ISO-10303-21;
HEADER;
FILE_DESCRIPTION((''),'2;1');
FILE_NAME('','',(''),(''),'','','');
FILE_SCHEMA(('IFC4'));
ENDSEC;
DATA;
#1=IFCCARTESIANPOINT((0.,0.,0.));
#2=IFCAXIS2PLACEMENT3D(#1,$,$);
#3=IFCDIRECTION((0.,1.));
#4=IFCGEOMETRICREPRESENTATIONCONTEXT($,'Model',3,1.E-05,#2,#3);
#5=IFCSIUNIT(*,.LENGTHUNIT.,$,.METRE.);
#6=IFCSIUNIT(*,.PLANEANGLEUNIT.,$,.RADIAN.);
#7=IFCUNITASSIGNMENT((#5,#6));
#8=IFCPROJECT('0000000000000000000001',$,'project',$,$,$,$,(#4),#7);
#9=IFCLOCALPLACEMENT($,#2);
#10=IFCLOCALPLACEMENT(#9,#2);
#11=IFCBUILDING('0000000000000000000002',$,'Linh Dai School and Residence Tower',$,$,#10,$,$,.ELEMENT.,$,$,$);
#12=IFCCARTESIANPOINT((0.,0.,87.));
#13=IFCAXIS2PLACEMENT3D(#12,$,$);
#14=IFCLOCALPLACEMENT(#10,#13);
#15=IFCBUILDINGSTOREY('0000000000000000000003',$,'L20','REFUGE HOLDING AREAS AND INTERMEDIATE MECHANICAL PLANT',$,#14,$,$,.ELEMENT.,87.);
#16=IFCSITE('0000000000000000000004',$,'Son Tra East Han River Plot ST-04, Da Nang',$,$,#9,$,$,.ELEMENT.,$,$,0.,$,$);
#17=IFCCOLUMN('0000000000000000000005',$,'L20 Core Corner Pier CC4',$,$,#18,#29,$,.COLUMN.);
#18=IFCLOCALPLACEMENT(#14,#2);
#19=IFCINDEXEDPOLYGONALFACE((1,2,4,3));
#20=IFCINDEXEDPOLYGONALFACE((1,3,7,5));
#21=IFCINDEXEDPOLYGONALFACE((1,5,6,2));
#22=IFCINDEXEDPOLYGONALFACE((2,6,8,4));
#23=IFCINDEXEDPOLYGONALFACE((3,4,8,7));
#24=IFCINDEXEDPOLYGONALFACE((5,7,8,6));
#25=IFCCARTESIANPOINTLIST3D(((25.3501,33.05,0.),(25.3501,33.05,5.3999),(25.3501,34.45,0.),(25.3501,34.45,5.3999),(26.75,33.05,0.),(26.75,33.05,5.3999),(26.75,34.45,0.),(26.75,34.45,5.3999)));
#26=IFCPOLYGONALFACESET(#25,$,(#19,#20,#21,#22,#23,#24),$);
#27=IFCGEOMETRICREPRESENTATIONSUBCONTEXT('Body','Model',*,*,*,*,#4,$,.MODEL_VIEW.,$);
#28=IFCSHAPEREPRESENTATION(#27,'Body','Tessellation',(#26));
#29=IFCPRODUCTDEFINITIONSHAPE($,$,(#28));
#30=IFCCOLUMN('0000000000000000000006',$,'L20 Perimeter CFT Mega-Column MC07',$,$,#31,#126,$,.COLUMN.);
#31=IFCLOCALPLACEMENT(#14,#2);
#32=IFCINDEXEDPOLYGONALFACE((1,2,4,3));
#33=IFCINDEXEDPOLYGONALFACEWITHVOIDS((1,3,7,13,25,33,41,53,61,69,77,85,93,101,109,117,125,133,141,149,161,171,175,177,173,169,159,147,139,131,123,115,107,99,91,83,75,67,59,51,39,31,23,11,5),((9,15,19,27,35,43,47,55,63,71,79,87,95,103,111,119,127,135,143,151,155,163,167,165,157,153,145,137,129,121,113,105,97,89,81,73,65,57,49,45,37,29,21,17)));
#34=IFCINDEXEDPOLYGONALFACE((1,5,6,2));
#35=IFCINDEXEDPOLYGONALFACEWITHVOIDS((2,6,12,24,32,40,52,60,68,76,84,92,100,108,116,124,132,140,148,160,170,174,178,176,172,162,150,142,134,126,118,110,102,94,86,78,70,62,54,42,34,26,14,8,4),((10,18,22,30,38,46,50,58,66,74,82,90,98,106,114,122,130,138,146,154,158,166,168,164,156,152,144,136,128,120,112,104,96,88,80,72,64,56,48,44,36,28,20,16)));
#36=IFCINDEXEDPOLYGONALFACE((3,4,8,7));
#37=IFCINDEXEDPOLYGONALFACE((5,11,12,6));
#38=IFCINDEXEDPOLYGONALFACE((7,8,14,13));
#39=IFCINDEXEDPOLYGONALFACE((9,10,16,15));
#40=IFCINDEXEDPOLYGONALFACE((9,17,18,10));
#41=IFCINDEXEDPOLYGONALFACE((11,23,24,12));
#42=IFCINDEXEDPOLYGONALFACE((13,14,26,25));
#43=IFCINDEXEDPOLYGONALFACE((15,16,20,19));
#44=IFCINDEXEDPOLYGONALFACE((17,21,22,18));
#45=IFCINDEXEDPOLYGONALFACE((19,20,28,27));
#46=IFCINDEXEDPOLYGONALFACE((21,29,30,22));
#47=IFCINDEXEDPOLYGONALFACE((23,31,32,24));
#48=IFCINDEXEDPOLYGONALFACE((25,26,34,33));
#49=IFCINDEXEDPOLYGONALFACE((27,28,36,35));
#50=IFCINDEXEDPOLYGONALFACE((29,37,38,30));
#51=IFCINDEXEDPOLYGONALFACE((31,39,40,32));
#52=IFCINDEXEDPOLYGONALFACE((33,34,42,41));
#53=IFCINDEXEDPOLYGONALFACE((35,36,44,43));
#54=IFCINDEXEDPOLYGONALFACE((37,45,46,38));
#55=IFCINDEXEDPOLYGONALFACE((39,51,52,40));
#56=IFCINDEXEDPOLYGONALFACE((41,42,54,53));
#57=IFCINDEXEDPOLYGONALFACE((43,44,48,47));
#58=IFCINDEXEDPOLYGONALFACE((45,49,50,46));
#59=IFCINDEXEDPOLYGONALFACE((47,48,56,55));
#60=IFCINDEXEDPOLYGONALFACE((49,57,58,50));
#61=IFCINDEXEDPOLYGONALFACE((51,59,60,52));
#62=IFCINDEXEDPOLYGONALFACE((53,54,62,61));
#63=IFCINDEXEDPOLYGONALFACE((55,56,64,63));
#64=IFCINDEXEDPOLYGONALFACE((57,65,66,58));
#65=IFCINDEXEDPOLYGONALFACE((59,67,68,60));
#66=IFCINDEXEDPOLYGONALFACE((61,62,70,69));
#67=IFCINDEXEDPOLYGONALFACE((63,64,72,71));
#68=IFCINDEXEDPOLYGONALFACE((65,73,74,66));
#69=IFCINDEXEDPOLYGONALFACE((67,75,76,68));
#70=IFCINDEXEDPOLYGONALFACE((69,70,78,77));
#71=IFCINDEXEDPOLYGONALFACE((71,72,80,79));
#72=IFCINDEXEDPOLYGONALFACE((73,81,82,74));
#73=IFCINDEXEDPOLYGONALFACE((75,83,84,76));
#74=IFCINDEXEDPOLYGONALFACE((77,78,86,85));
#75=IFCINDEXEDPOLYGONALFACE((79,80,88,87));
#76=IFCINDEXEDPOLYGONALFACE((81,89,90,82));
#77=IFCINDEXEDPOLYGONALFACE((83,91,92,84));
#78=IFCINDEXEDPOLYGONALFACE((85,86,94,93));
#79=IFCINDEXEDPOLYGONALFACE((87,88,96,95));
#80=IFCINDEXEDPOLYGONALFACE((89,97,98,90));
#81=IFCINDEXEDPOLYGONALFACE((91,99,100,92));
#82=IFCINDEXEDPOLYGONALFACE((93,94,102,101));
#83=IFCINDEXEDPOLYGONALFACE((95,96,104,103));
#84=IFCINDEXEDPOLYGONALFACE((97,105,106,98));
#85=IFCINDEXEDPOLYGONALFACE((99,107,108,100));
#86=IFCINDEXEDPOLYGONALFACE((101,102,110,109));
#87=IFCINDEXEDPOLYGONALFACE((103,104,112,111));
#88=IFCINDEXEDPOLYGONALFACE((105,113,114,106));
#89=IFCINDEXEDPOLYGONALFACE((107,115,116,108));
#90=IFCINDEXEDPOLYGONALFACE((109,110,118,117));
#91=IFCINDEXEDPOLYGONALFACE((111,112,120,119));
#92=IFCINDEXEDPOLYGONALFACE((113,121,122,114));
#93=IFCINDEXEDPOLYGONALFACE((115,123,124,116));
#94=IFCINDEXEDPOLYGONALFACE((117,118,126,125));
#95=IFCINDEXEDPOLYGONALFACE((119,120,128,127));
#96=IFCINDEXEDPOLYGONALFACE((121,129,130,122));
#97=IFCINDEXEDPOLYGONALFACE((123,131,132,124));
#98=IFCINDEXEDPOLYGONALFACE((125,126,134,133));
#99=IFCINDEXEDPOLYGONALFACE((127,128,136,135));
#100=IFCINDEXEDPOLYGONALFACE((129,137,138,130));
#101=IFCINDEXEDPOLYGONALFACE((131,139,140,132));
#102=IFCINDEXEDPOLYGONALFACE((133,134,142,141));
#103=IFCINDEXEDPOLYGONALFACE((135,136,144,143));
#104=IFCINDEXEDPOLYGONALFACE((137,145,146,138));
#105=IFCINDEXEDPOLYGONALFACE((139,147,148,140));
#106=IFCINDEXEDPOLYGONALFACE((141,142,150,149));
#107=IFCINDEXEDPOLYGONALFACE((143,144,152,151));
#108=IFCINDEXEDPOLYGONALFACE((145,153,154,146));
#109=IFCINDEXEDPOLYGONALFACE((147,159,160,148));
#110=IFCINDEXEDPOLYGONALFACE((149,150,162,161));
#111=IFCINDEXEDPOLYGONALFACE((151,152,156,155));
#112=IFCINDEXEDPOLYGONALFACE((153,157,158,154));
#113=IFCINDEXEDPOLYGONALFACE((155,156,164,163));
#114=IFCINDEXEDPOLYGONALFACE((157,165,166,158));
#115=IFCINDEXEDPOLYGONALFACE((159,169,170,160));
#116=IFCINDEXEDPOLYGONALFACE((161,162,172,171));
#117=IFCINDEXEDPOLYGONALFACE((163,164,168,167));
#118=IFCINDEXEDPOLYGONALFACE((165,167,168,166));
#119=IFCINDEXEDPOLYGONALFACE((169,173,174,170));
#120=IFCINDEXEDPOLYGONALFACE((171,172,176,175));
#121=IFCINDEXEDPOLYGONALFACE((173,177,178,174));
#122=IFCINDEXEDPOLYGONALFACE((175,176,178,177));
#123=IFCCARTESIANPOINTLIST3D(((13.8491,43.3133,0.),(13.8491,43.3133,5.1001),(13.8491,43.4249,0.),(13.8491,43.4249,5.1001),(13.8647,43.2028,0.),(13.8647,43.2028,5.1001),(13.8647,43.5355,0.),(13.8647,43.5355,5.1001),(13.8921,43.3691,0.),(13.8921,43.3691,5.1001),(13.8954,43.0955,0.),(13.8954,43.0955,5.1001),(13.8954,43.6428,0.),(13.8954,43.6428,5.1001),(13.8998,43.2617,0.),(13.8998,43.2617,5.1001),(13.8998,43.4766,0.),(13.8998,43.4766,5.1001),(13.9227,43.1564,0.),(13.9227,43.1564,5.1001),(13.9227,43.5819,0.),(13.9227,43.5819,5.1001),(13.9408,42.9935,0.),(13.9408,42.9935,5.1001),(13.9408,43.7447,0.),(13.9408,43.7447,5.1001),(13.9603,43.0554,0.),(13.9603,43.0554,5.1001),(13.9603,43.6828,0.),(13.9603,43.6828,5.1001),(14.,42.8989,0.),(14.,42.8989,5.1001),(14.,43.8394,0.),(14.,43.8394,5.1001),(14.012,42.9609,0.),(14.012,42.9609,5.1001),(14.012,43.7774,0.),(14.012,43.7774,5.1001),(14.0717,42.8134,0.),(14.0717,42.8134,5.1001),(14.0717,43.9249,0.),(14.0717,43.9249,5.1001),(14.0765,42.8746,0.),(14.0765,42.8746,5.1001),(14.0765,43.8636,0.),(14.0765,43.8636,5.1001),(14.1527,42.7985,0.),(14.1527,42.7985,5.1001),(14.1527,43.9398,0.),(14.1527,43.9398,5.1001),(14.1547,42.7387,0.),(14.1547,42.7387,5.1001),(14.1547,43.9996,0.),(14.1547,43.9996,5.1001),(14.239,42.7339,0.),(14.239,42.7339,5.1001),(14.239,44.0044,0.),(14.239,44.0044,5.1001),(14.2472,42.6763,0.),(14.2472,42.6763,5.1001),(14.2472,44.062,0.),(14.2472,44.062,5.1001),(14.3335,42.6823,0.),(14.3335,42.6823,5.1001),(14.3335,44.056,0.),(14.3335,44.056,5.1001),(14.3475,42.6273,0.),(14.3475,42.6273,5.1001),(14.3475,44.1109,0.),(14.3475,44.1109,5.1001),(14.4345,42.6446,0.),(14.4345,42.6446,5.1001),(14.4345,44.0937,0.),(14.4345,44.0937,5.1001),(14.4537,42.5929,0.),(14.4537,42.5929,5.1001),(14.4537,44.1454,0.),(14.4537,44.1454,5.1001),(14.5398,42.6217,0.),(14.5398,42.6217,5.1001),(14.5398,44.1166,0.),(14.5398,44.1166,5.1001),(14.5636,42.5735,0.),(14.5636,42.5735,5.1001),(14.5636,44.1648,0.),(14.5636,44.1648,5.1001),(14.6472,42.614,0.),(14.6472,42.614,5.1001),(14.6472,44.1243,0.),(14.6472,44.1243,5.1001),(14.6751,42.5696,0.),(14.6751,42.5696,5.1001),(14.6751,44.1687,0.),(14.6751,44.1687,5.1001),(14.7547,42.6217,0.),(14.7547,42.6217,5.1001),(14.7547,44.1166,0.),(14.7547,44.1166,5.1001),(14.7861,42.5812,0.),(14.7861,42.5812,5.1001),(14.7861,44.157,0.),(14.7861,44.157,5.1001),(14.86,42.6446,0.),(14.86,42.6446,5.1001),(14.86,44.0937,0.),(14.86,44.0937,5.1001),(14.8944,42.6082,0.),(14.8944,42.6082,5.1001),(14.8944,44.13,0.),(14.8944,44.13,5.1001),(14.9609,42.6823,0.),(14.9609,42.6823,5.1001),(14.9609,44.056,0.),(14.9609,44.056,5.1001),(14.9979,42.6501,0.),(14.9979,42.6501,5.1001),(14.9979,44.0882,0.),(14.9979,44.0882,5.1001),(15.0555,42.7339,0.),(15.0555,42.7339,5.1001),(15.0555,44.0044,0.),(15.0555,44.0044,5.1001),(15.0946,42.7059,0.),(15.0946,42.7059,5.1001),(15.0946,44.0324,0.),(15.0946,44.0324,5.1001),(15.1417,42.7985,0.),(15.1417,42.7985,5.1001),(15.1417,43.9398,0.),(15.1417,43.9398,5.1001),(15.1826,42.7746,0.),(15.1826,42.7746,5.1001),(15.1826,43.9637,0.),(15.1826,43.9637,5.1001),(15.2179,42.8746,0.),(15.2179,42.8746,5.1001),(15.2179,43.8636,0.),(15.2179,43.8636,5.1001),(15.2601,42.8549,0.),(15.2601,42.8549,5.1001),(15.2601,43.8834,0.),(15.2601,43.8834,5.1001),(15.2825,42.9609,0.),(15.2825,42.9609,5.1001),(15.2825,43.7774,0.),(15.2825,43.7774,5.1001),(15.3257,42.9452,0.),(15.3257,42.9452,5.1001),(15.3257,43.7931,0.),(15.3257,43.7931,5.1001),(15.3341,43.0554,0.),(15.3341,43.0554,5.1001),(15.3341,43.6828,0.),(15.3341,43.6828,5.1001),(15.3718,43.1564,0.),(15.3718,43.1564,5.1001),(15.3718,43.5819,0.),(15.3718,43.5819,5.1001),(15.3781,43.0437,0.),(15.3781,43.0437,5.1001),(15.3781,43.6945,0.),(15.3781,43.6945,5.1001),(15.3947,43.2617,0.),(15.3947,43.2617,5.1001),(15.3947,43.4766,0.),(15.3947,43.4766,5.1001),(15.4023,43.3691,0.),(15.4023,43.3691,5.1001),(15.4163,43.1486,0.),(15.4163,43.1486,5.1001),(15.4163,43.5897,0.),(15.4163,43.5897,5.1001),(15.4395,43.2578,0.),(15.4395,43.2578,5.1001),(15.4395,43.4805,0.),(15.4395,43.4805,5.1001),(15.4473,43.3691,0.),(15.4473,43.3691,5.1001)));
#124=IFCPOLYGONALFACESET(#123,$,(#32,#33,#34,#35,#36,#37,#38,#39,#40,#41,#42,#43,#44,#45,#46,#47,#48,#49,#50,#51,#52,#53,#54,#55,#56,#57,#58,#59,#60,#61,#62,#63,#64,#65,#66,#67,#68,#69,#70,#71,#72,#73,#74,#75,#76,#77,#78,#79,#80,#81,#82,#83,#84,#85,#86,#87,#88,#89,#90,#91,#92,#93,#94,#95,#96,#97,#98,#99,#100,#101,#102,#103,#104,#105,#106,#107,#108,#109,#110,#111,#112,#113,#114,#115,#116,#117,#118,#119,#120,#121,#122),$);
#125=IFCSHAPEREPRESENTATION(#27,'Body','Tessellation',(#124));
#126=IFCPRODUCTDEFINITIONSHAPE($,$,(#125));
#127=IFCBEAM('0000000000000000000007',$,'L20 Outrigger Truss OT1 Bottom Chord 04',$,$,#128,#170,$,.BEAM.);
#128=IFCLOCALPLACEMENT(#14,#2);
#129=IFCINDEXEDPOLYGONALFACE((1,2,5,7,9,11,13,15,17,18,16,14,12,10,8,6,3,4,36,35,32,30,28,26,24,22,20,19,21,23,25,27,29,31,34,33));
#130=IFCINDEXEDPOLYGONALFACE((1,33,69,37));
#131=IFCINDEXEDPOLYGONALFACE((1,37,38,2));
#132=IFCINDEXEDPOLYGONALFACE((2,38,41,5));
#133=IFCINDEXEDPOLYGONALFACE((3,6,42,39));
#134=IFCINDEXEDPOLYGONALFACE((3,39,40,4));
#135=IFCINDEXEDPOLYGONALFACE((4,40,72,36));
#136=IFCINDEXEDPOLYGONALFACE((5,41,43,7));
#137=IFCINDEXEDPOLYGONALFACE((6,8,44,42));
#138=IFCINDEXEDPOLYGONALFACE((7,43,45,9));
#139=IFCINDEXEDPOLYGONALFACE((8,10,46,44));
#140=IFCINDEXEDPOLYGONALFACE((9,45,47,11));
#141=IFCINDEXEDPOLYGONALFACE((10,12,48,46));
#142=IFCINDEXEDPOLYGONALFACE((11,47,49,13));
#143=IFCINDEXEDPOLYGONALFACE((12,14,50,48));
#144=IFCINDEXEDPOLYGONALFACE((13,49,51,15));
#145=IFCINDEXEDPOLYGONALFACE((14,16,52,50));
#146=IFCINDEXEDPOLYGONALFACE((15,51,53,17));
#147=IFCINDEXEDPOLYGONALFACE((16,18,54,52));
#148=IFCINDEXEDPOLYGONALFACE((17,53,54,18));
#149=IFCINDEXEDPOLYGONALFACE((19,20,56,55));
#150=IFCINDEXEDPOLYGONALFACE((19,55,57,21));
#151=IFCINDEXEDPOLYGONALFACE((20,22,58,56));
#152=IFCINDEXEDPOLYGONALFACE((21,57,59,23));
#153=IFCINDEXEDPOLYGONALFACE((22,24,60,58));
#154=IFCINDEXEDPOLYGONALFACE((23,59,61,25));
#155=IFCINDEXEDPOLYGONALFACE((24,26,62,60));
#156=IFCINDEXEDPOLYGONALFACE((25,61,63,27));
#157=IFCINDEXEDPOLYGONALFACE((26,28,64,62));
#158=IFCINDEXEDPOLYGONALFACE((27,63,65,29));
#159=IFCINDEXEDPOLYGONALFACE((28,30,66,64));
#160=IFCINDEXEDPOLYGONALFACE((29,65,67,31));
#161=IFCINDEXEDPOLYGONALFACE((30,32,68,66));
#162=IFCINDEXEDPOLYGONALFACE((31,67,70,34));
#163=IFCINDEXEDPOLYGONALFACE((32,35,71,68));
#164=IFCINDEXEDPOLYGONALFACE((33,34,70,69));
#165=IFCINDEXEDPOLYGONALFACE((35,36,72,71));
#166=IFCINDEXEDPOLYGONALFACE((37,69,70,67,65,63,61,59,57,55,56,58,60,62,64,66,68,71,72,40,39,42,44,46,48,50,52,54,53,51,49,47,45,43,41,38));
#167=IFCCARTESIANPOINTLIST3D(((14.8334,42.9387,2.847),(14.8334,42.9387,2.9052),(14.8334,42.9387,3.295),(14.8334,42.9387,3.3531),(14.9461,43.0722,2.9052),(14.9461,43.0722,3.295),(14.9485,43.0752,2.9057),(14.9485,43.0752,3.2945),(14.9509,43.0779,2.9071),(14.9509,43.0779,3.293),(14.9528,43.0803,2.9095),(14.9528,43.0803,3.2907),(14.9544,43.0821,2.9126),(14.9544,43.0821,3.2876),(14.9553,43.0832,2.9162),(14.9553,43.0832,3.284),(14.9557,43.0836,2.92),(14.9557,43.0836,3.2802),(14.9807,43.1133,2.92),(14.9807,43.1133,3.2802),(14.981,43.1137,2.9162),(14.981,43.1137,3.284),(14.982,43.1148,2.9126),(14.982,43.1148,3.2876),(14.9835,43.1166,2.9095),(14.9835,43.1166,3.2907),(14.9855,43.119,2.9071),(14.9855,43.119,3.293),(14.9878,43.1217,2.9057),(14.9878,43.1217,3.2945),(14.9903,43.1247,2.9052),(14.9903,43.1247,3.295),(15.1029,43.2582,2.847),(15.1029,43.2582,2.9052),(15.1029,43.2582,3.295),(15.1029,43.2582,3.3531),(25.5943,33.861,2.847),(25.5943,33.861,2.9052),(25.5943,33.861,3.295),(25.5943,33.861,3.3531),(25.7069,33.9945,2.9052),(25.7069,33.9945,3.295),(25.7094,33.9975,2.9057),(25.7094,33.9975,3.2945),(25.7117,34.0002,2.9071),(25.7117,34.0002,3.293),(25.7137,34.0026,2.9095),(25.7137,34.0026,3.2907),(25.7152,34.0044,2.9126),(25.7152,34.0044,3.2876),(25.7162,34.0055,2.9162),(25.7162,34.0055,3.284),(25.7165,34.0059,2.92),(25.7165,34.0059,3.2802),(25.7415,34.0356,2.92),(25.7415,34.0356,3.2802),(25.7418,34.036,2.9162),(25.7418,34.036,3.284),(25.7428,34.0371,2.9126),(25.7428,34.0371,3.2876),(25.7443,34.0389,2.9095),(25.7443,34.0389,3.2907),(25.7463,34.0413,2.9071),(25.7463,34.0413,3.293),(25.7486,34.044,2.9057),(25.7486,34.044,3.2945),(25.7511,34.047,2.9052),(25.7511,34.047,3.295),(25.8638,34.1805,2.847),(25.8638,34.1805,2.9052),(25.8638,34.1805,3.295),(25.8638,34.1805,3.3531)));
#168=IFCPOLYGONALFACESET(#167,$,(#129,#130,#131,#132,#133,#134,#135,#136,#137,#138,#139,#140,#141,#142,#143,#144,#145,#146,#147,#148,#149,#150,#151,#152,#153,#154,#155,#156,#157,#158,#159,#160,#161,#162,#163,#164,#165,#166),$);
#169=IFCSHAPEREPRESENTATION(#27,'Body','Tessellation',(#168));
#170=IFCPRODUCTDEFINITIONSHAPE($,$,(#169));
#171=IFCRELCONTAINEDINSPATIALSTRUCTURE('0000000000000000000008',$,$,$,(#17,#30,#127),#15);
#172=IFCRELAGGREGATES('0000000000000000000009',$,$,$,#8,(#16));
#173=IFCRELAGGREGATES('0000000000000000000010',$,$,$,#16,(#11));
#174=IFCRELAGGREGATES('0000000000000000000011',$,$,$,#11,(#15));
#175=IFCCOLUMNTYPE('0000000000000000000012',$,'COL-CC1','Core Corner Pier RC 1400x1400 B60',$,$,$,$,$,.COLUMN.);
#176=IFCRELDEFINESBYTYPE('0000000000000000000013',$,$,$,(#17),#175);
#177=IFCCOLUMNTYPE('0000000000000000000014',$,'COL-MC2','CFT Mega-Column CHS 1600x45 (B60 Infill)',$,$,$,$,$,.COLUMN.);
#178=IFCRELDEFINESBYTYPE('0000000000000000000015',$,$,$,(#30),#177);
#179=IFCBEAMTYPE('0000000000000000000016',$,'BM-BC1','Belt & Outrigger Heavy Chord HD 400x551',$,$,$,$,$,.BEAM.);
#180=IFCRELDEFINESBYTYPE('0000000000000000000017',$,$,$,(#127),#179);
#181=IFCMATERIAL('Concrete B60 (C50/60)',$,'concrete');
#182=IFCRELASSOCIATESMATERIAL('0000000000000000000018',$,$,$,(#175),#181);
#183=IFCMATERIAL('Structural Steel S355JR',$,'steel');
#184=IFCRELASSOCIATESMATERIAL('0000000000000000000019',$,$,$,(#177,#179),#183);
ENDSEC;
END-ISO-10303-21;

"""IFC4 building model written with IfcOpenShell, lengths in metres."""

from ifc_helpers import new_model, si_unit, direction, frame, origin, origin_2d, place, context, subcontext, project, spatial, rectangle, hollow_circle, i_section, extrude, material, material_profile, profile_set, type_object, element, save


model = new_model("IFC4")

# Units and contexts
model_context = context("Model", 3, precision=1e-05, world=origin(), true_north=direction((0.0, 1.0)))
body_context = subcontext(model_context, "Body", "Model", "MODEL_VIEW")
ifc_project = project(units=[si_unit("LENGTHUNIT", "METRE"), si_unit("PLANEANGLEUNIT", "RADIAN")], contexts=[model_context])

# Site, building, storey
site_placement = place(None, origin())
site = spatial("IfcSite", under=ifc_project, at=site_placement, Name="Son Tra East Han River Plot ST-04, Da Nang", CompositionType="ELEMENT", RefElevation=0.0)
building_placement = place(site_placement, origin())
building = spatial("IfcBuilding", under=site, at=building_placement, Name="Linh Dai School and Residence Tower", CompositionType="ELEMENT")
storey_placement = place(building_placement, frame((0.0, 0.0, 87.0)))
storey = spatial("IfcBuildingStorey", under=building, at=storey_placement, Name="L20", Description="REFUGE HOLDING AREAS AND INTERMEDIATE MECHANICAL PLANT", CompositionType="ELEMENT", Elevation=87.0)

# Columns
ifc_material_1 = material(Name="Concrete B60 (C50/60)", Category="concrete")
ifc_material_profile_1 = material_profile(ifc_material_1, rectangle(XDim=1.3999, YDim=1.3999, at=origin_2d()), Name="RC 1400x1400")
ifc_profile_set_1 = profile_set([ifc_material_profile_1], Name="Concrete B60 (C50/60)")
column_type_1 = type_object("IfcColumnType", Name="COL-CC1", Description="Core Corner Pier RC 1400x1400 B60", PredefinedType="COLUMN", material=ifc_profile_set_1)
column_1_placement = place(storey_placement, frame((26.05, 33.75, 0.0), z_axis=(0.0, 0.0, 1.0), x_axis=(1.0, 0.0, 0.0)))
element("IfcColumn", 1, at=column_1_placement, inside=storey, type_object=column_type_1, Name="L20 Core Corner Pier CC4", PredefinedType="COLUMN", context=body_context, shape_type="SweptSolid", body=[
    extrude(rectangle(XDim=1.3999, YDim=1.3999, at=origin_2d()), origin(), (0.0, 0.0, 1.0), 5.3999),
])
ifc_material_2 = material(Name="Structural Steel S355JR", Category="steel")
ifc_material_profile_2 = material_profile(ifc_material_2, hollow_circle(Radius=0.8, WallThickness=0.0449, at=origin_2d()), Name="CHS 1600x45")
ifc_profile_set_2 = profile_set([ifc_material_profile_2], Name="Structural Steel S355JR")
column_type_2 = type_object("IfcColumnType", Name="COL-MC2", Description="CFT Mega-Column CHS 1600x45 (B60 Infill)", PredefinedType="COLUMN", material=ifc_profile_set_2)
column_2_placement = place(storey_placement, frame((14.6472, 43.3691, 0.0), z_axis=(0.0, 0.0, 1.0), x_axis=(1.0, 0.0, 0.0)))
element("IfcColumn", 2, at=column_2_placement, inside=storey, type_object=column_type_2, Name="L20 Perimeter CFT Mega-Column MC07", PredefinedType="COLUMN", context=body_context, shape_type="SweptSolid", body=[
    extrude(hollow_circle(Radius=0.8, WallThickness=0.0449, at=origin_2d()), origin(), (0.0, 0.0, 1.0), 5.1001),
])

# Beam
ifc_material_profile_3 = material_profile(ifc_material_2, i_section(OverallWidth=0.418, OverallDepth=0.5061, WebThickness=0.0388, FlangeThickness=0.0581, FilletRadius=0.0149, at=origin_2d()), Name="HD 400x551")
ifc_profile_set_3 = profile_set([ifc_material_profile_3], Name="Structural Steel S355JR")
beam_type_1 = type_object("IfcBeamType", Name="BM-BC1", Description="Belt & Outrigger Heavy Chord HD 400x551", PredefinedType="BEAM", material=ifc_profile_set_3)
beam_1_placement = place(storey_placement, frame((25.729, 34.0208, 3.1001), z_axis=(-0.764352, 0.644799, 0.0), x_axis=(-0.644799, -0.764352, 0.0)))
element("IfcBeam", 3, at=beam_1_placement, inside=storey, type_object=beam_type_1, Name="L20 Outrigger Truss OT1 Bottom Chord 04", PredefinedType="BEAM", context=body_context, shape_type="SweptSolid", body=[
    extrude(i_section(OverallWidth=0.418, OverallDepth=0.5061, WebThickness=0.0388, FlangeThickness=0.0581, FilletRadius=0.0149, at=origin_2d()), origin(), (0.0, 0.0, 1.0), 14.0784),
])

save(model, "model.ifc")
